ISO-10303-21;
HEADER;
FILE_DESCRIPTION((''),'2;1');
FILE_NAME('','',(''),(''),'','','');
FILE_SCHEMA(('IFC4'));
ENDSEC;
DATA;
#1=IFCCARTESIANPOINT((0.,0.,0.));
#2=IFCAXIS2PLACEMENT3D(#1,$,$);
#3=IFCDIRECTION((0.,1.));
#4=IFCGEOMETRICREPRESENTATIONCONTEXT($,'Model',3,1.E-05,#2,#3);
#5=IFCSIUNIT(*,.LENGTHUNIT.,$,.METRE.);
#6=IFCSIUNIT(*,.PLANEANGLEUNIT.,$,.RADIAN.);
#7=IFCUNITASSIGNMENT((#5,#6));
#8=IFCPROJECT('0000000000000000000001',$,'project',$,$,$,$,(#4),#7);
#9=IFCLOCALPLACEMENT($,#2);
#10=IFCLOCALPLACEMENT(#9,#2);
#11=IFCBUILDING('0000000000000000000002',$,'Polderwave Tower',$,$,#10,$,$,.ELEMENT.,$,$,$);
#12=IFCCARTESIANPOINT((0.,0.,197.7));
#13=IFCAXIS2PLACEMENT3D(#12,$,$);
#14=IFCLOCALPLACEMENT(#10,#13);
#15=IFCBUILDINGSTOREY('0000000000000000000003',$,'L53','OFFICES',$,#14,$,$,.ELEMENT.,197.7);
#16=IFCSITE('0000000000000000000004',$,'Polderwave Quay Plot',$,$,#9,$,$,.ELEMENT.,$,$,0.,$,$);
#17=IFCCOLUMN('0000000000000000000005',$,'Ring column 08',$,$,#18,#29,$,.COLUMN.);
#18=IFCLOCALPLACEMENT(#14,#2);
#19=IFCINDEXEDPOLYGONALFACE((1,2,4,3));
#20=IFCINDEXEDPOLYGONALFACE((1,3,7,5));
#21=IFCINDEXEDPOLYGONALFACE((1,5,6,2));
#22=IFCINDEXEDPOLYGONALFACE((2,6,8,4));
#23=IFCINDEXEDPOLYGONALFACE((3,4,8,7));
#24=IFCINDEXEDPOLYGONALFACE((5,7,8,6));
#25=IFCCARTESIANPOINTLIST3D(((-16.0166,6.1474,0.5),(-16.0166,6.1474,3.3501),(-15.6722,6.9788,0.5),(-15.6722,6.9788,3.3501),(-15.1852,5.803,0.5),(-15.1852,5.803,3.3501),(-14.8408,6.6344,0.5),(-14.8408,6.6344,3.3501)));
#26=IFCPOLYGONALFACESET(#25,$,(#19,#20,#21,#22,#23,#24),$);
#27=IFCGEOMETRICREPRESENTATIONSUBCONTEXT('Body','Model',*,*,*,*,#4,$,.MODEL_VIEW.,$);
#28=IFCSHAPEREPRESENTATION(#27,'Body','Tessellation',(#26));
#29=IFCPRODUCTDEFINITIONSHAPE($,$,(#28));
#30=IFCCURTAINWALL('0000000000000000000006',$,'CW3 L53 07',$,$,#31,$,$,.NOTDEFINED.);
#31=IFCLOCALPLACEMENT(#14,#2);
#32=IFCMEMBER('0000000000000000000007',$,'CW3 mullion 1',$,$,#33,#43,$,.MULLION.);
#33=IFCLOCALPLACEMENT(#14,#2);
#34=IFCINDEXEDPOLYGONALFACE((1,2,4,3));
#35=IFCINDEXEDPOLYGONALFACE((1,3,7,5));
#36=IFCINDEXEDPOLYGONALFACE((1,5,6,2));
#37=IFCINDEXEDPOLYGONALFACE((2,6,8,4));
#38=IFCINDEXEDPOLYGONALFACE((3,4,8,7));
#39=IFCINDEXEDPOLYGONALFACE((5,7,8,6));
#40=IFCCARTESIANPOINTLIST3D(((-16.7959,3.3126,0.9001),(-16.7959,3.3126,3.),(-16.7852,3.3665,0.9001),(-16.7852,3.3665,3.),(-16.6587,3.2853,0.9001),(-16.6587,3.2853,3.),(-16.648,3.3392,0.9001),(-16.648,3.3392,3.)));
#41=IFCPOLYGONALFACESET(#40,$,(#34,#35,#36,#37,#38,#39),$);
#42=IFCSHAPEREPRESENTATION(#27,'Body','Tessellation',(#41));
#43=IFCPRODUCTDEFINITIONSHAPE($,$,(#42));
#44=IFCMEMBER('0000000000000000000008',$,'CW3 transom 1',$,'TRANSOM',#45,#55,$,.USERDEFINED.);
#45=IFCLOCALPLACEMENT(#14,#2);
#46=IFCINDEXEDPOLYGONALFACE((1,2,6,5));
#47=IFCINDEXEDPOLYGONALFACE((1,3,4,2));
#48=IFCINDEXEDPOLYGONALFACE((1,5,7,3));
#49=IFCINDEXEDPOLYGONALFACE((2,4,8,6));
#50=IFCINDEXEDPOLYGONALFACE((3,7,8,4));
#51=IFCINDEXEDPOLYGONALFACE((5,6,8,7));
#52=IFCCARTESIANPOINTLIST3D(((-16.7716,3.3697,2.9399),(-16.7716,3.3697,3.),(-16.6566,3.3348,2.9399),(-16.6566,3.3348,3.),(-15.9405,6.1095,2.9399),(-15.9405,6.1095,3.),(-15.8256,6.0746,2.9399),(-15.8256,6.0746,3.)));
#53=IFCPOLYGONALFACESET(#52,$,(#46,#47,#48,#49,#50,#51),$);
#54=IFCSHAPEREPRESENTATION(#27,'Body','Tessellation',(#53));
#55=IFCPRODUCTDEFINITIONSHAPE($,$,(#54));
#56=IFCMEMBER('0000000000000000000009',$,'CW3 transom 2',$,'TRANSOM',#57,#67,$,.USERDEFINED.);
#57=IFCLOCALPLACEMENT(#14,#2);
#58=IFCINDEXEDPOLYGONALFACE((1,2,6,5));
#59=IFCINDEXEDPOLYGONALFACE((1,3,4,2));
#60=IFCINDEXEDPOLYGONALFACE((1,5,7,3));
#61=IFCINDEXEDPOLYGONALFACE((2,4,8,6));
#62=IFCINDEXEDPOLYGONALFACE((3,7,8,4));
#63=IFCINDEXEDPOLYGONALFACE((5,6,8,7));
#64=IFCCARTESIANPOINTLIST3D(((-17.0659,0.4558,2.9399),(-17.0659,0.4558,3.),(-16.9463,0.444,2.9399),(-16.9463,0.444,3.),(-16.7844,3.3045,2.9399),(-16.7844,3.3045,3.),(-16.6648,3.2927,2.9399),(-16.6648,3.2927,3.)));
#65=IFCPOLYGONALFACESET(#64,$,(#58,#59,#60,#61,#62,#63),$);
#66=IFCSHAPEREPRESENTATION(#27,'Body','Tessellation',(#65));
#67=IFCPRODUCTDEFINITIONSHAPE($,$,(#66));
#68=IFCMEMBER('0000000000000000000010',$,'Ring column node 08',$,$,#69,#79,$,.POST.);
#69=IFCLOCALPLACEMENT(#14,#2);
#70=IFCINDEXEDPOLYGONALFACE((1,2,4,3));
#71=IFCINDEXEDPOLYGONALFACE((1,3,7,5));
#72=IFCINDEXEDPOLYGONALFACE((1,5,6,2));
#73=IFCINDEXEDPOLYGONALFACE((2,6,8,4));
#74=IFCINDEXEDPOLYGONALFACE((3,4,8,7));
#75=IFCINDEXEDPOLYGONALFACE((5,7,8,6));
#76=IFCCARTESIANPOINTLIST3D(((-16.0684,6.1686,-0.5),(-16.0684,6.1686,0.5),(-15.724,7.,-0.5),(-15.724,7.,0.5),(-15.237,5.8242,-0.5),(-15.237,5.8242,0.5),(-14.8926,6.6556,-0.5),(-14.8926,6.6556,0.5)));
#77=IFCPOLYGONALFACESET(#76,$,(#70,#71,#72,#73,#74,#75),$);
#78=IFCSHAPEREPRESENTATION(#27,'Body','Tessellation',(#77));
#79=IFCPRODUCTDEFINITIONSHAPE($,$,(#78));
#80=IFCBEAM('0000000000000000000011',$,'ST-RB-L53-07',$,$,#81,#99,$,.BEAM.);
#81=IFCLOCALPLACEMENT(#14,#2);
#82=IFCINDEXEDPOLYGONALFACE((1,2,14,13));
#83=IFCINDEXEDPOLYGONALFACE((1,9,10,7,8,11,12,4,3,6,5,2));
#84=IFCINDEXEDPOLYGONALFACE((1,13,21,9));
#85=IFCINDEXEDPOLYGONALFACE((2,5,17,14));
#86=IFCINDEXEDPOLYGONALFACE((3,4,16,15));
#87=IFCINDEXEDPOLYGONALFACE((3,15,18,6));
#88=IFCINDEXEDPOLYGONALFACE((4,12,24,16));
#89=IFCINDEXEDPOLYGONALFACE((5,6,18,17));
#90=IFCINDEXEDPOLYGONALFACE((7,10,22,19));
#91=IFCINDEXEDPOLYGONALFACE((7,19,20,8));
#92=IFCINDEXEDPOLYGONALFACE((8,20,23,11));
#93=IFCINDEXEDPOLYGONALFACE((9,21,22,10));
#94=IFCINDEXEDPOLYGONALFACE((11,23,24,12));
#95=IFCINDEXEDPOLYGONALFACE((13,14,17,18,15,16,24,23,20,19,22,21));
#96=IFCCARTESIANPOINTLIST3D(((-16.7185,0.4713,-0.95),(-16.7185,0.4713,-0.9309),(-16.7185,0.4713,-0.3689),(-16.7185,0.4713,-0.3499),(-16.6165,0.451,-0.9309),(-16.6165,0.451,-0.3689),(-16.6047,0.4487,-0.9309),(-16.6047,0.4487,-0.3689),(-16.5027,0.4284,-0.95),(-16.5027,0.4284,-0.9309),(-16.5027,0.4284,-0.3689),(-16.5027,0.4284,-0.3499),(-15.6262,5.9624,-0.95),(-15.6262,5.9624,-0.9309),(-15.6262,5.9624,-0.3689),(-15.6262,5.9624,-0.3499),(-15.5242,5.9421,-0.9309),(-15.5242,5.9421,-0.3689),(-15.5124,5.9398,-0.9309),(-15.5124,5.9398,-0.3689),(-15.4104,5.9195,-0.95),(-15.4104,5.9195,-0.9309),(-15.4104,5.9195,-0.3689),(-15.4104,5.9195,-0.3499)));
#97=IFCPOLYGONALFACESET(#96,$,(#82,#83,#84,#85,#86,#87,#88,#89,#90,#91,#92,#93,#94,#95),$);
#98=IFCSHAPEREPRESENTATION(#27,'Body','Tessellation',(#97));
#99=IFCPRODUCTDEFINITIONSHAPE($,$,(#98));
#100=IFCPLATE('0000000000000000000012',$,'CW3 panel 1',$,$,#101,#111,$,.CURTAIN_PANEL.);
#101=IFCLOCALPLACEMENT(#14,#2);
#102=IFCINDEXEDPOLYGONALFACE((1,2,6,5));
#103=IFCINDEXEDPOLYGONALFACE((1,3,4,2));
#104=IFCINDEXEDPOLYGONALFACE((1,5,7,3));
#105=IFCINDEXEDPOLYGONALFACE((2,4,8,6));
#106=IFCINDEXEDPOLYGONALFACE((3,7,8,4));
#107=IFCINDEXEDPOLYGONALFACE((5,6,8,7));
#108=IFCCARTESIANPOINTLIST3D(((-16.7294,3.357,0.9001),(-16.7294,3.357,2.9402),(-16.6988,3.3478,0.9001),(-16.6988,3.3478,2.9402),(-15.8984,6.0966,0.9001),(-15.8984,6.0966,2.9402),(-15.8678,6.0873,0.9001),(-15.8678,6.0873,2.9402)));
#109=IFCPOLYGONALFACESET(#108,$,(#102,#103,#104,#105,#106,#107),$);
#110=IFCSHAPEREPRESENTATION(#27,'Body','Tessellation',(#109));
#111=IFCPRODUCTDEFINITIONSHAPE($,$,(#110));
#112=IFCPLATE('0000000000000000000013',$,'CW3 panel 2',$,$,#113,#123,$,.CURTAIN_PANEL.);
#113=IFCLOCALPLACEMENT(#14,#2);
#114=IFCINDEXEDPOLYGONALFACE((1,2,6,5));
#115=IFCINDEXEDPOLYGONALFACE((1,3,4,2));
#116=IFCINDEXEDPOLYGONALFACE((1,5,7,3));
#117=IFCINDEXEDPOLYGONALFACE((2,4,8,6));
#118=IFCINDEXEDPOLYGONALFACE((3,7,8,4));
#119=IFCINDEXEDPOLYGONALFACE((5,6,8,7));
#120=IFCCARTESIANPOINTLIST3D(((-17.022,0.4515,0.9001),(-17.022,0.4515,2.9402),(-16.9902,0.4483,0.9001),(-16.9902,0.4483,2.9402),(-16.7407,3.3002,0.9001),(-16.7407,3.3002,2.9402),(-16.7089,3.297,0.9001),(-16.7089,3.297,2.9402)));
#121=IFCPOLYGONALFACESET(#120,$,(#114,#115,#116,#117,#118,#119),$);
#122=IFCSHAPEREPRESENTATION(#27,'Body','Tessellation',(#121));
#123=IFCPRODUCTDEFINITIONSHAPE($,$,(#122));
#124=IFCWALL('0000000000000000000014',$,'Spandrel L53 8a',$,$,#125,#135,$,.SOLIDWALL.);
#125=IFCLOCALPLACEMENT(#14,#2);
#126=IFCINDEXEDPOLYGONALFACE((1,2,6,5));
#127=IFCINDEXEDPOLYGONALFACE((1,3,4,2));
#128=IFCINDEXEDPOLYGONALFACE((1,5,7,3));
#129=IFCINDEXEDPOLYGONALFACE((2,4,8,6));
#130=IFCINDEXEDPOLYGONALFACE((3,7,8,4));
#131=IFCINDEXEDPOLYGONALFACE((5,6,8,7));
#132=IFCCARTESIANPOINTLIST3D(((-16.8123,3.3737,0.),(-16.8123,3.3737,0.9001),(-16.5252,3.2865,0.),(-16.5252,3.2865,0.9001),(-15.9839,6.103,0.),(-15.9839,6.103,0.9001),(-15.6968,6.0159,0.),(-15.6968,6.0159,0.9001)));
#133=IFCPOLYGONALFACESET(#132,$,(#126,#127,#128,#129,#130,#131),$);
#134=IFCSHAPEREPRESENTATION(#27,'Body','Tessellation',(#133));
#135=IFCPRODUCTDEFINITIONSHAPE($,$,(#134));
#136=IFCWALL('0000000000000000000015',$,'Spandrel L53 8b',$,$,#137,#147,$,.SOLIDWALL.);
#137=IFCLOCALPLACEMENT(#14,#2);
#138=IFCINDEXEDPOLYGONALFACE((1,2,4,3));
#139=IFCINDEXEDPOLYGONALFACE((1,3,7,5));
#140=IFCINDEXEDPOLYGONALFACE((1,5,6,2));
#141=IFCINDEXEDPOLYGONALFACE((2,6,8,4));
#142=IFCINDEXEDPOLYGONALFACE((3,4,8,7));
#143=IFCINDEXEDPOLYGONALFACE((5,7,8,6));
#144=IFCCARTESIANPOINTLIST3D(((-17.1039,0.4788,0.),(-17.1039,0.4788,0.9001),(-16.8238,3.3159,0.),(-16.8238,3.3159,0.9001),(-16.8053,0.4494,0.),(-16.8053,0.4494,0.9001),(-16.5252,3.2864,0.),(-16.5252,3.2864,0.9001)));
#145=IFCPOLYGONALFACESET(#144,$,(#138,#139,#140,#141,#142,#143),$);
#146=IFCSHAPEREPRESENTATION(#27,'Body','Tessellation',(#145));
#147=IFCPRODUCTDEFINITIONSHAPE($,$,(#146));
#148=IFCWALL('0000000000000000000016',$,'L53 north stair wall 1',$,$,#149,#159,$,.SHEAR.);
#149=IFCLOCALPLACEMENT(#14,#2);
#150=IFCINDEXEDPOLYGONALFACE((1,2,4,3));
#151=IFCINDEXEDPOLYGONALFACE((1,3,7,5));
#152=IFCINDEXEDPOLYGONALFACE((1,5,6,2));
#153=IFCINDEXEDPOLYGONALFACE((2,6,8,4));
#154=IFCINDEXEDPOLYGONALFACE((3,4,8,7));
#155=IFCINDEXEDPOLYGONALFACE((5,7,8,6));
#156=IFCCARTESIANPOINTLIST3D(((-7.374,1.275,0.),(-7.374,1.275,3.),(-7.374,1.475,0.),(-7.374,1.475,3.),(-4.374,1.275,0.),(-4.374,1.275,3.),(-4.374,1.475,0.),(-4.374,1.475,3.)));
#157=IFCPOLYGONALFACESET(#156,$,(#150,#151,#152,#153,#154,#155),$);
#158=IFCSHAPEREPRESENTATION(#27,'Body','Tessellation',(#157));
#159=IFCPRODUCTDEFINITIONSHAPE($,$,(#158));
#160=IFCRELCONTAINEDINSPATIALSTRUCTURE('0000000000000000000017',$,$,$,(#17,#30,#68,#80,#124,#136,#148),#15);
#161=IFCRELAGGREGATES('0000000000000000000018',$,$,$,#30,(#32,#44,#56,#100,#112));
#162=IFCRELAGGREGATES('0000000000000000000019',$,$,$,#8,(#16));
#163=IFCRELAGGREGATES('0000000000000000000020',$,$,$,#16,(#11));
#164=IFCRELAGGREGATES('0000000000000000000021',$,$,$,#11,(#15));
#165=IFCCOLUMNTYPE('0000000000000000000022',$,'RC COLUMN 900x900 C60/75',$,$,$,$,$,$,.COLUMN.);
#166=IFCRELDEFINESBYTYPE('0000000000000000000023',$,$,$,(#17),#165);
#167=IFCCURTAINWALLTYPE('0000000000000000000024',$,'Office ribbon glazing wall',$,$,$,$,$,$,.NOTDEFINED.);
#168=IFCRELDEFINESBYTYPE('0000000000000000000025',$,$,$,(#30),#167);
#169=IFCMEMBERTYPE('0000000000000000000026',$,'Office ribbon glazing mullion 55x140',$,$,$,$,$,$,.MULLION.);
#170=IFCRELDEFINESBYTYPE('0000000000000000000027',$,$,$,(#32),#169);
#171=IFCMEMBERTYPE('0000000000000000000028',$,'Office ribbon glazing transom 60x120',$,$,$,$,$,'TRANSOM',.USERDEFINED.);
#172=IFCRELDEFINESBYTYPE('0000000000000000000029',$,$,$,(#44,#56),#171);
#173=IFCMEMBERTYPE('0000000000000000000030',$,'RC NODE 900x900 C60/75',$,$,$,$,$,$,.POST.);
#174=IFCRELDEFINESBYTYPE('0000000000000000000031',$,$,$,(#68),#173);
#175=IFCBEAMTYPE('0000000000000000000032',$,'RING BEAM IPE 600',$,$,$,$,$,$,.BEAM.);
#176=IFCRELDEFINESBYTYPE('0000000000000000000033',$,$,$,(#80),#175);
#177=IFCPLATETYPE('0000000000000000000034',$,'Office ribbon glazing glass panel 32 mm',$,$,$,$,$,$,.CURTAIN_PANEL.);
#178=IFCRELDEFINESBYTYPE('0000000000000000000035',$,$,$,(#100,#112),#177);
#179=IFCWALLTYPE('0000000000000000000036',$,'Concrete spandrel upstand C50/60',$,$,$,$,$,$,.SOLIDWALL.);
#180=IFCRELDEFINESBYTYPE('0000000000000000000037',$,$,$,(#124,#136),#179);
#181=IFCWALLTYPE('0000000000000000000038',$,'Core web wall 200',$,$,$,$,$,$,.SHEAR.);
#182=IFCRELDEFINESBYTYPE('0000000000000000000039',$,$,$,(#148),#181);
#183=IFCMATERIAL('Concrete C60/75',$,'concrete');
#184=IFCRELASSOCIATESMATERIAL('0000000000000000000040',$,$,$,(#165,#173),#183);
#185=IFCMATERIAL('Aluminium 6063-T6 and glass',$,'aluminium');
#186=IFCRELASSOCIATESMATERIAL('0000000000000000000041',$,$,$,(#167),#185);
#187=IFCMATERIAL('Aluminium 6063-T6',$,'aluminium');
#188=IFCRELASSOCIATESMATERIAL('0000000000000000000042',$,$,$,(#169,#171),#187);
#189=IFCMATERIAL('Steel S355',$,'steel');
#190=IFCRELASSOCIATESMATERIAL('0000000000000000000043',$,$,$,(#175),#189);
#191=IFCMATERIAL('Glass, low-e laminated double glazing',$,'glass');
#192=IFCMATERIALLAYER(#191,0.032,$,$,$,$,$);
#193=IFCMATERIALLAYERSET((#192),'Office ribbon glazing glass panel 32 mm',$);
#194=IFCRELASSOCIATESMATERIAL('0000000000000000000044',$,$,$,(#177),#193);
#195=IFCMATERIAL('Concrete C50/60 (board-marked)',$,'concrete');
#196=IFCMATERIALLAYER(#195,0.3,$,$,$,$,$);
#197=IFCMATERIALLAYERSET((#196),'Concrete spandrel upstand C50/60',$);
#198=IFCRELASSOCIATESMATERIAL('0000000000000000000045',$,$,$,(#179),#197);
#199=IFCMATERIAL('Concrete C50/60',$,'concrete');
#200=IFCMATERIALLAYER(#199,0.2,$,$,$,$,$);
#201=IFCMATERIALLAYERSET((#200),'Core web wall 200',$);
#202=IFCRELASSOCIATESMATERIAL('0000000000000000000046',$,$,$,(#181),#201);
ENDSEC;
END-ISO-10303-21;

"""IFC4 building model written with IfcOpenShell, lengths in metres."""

from ifc_helpers import new_model, si_unit, direction, frame, frame_2d, origin, origin_2d, place, context, subcontext, project, spatial, rectangle, i_section, extrude, material, layer, layer_set, material_profile, profile_set, type_object, element, aggregate, save


model = new_model("IFC4")

# Units and contexts
model_context = context("Model", 3, precision=1e-05, world=origin(), true_north=direction((0.0, 1.0)))
body_context = subcontext(model_context, "Body", "Model", "MODEL_VIEW")
ifc_project = project(units=[si_unit("LENGTHUNIT", "METRE"), si_unit("PLANEANGLEUNIT", "RADIAN")], contexts=[model_context])

# Site, building, storey
site_placement = place(None, origin())
site = spatial("IfcSite", under=ifc_project, at=site_placement, Name="Polderwave Quay Plot", CompositionType="ELEMENT", RefElevation=0.0)
building_placement = place(site_placement, origin())
building = spatial("IfcBuilding", under=site, at=building_placement, Name="Polderwave Tower", CompositionType="ELEMENT")
storey_placement = place(building_placement, frame((0.0, 0.0, 197.7)))
storey = spatial("IfcBuildingStorey", under=building, at=storey_placement, Name="L53", Description="OFFICES", CompositionType="ELEMENT", Elevation=197.7)

# Column
ifc_material_1 = material(Name="Concrete C60/75", Category="concrete")
ifc_material_profile_1 = material_profile(ifc_material_1, rectangle(XDim=0.8999, YDim=0.8999, at=origin_2d()), Name="RC 900x900")
ifc_profile_set_1 = profile_set([ifc_material_profile_1], Name="Concrete C60/75")
column_type = type_object("IfcColumnType", Name="RC COLUMN 900x900 C60/75", PredefinedType="COLUMN", material=ifc_profile_set_1)
column_placement = place(storey_placement, frame((-15.4287, 6.3909, 0.5), z_axis=(0.0, 0.0, 1.0), x_axis=(-0.92388, 0.382683, 0.0)))
element("IfcColumn", 1, at=column_placement, inside=storey, type_object=column_type, Name="Ring column 08", PredefinedType="COLUMN", context=body_context, shape_type="SweptSolid", body=[
    extrude(rectangle(XDim=0.8999, YDim=0.8999, at=origin_2d()), origin(), (0.0, 0.0, 1.0), 2.8501),
])

# Curtain wall, members
ifc_material_2 = material(Name="Aluminium 6063-T6 and glass", Category="aluminium")
curtain_wall_type = type_object("IfcCurtainWallType", Name="Office ribbon glazing wall", PredefinedType="NOTDEFINED", material=ifc_material_2)
curtain_wall_placement = place(storey_placement, origin())
curtain_wall = element("IfcCurtainWall", 2, at=curtain_wall_placement, inside=storey, type_object=curtain_wall_type, Name="CW3 L53 07", PredefinedType="NOTDEFINED")
ifc_material_3 = material(Name="Aluminium 6063-T6", Category="aluminium")
ifc_material_profile_2 = material_profile(ifc_material_3, rectangle(XDim=0.1399, YDim=0.0549, at=origin_2d()), Name="AL 55x140")
ifc_profile_set_2 = profile_set([ifc_material_profile_2], Name="Aluminium 6063-T6")
member_type_1 = type_object("IfcMemberType", Name="Office ribbon glazing mullion 55x140", PredefinedType="MULLION", material=ifc_profile_set_2)
member_1_placement = place(storey_placement, frame((-16.7219, 3.3259, 0.9001), z_axis=(0.0, 0.0, 1.0), x_axis=(0.980762, -0.195205, 0.0)))
member_1 = element("IfcMember", 3, at=member_1_placement, type_object=member_type_1, Name="CW3 mullion 1", PredefinedType="MULLION", context=body_context, shape_type="SweptSolid", body=[
    extrude(rectangle(XDim=0.1399, YDim=0.0549, at=origin_2d()), origin(), (0.0, 0.0, 1.0), 2.0999),
])
ifc_material_profile_3 = material_profile(ifc_material_3, rectangle(XDim=0.1201, YDim=0.0601, at=origin_2d()), Name="AL 60x120")
ifc_profile_set_3 = profile_set([ifc_material_profile_3], Name="Aluminium 6063-T6")
member_type_2 = type_object("IfcMemberType", Name="Office ribbon glazing transom 60x120", ElementType="TRANSOM", PredefinedType="USERDEFINED", material=ifc_profile_set_3)
member_2_placement = place(storey_placement, frame((-15.8831, 6.092, 2.97), z_axis=(-0.290272, -0.956944, 0.0), x_axis=(0.956944, -0.290272, 0.0)))
member_2 = element("IfcMember", 4, at=member_2_placement, type_object=member_type_2, Name="CW3 transom 1", ObjectType="TRANSOM", PredefinedType="USERDEFINED", context=body_context, shape_type="SweptSolid", body=[
    extrude(rectangle(XDim=0.1201, YDim=0.0601, at=origin_2d()), origin(), (0.0, 0.0, 1.0), 2.863),
])
member_3_placement = place(storey_placement, frame((-16.7246, 3.2986, 2.97), z_axis=(-0.098338, -0.995153, 0.0), x_axis=(0.995153, -0.098338, 0.0)))
member_3 = element("IfcMember", 5, at=member_3_placement, type_object=member_type_2, Name="CW3 transom 2", ObjectType="TRANSOM", PredefinedType="USERDEFINED", context=body_context, shape_type="SweptSolid", body=[
    extrude(rectangle(XDim=0.1201, YDim=0.0601, at=origin_2d()), origin(), (0.0, 0.0, 1.0), 2.8625),
])

# Member
ifc_material_profile_4 = material_profile(ifc_material_1, rectangle(XDim=0.8999, YDim=0.8999, at=origin_2d()), Name="RC 900x900")
ifc_profile_set_4 = profile_set([ifc_material_profile_4], Name="Concrete C60/75")
member_type_3 = type_object("IfcMemberType", Name="RC NODE 900x900 C60/75", PredefinedType="POST", material=ifc_profile_set_4)
member_4_placement = place(storey_placement, frame((-15.4805, 6.4121, -0.5), z_axis=(0.0, 0.0, 1.0), x_axis=(-0.92388, 0.382683, 0.0)))
element("IfcMember", 6, at=member_4_placement, inside=storey, type_object=member_type_3, Name="Ring column node 08", PredefinedType="POST", context=body_context, shape_type="SweptSolid", body=[
    extrude(rectangle(XDim=0.8999, YDim=0.8999, at=origin_2d()), origin(), (0.0, 0.0, 1.0), 1.0),
])

# Beam
ifc_material_4 = material(Name="Steel S355", Category="steel")
ifc_material_profile_5 = material_profile(ifc_material_4, i_section(OverallWidth=0.22, OverallDepth=0.6001, WebThickness=0.012, FlangeThickness=0.019, at=origin_2d()), Name="IPE 600")
ifc_profile_set_5 = profile_set([ifc_material_profile_5], Name="Steel S355")
beam_type = type_object("IfcBeamType", Name="RING BEAM IPE 600", PredefinedType="BEAM", material=ifc_profile_set_5)
beam_placement = place(storey_placement, frame((-15.5183, 5.9409, -0.6499), z_axis=(-0.195101, -0.980783, 0.0), x_axis=(0.980783, -0.195101, 0.0)))
element("IfcBeam", 7, at=beam_placement, inside=storey, type_object=beam_type, Name="ST-RB-L53-07", PredefinedType="BEAM", context=body_context, shape_type="SweptSolid", body=[
    extrude(i_section(OverallWidth=0.22, OverallDepth=0.6001, WebThickness=0.012, FlangeThickness=0.019, at=origin_2d()), origin(), (0.0, 0.0, 1.0), 5.5986),
])

# Plates
ifc_material_5 = material(Name="Glass, low-e laminated double glazing", Category="glass")
ifc_layer_1 = layer(ifc_material_5, 0.032)
ifc_layer_set_1 = layer_set([ifc_layer_1], Name="Office ribbon glazing glass panel 32 mm")
plate_type = type_object("IfcPlateType", Name="Office ribbon glazing glass panel 32 mm", PredefinedType="CURTAIN_PANEL", material=ifc_layer_set_1)
plate_1_placement = place(storey_placement, frame((-16.2986, 4.7222, 0.9001), z_axis=(0.0, 0.0, 1.0), x_axis=(-0.290266, -0.956946, 0.0)))
plate_1 = element("IfcPlate", 8, at=plate_1_placement, type_object=plate_type, Name="CW3 panel 1", PredefinedType="CURTAIN_PANEL", context=body_context, shape_type="SweptSolid", body=[
    extrude(rectangle(XDim=2.8628, YDim=0.032, at=origin_2d()), origin(), (0.0, 0.0, 1.0), 2.04),
])
plate_2_placement = place(storey_placement, frame((-16.8655, 1.8743, 0.9001), z_axis=(0.0, 0.0, 1.0), x_axis=(-0.098271, -0.99516, 0.0)))
plate_2 = element("IfcPlate", 9, at=plate_2_placement, type_object=plate_type, Name="CW3 panel 2", PredefinedType="CURTAIN_PANEL", context=body_context, shape_type="SweptSolid", body=[
    extrude(rectangle(XDim=2.8625, YDim=0.032, at=origin_2d()), origin(), (0.0, 0.0, 1.0), 2.04),
])
aggregate(curtain_wall, [member_1, member_2, member_3, plate_1, plate_2])

# Walls
ifc_material_6 = material(Name="Concrete C50/60 (board-marked)", Category="concrete")
ifc_layer_2 = layer(ifc_material_6, 0.3)
ifc_layer_set_2 = layer_set([ifc_layer_2], Name="Concrete spandrel upstand C50/60")
wall_type_1 = type_object("IfcWallType", Name="Concrete spandrel upstand C50/60", PredefinedType="SOLIDWALL", material=ifc_layer_set_2)
wall_1_placement = place(storey_placement, frame((-15.8403, 6.0596, 0.0), z_axis=(0.0, 0.0, 1.0), x_axis=(-0.290433, -0.956895, 0.0)))
element("IfcWall", 10, at=wall_1_placement, inside=storey, type_object=wall_type_1, Name="Spandrel L53 8a", PredefinedType="SOLIDWALL", context=body_context, shape_type="SweptSolid", body=[
    extrude(rectangle(XDim=2.8523, YDim=0.3, at=frame_2d((1.4263, 0.0))), origin(), (0.0, 0.0, 1.0), 0.9001),
])
wall_2_placement = place(storey_placement, frame((-16.6746, 3.301, 0.0), z_axis=(0.0, 0.0, 1.0), x_axis=(-0.098223, -0.995164, 0.0)))
element("IfcWall", 11, at=wall_2_placement, inside=storey, type_object=wall_type_1, Name="Spandrel L53 8b", PredefinedType="SOLIDWALL", context=body_context, shape_type="SweptSolid", body=[
    extrude(rectangle(XDim=2.8508, YDim=0.3, at=frame_2d((1.4253, 0.0))), origin(), (0.0, 0.0, 1.0), 0.9001),
])
ifc_material_7 = material(Name="Concrete C50/60", Category="concrete")
ifc_layer_3 = layer(ifc_material_7, 0.2)
ifc_layer_set_3 = layer_set([ifc_layer_3], Name="Core web wall 200")
wall_type_2 = type_object("IfcWallType", Name="Core web wall 200", PredefinedType="SHEAR", material=ifc_layer_set_3)
wall_3_placement = place(storey_placement, frame((-7.374, 1.375, 0.0), z_axis=(0.0, 0.0, 1.0), x_axis=(1.0, 0.0, 0.0)))
element("IfcWall", 12, at=wall_3_placement, inside=storey, type_object=wall_type_2, Name="L53 north stair wall 1", PredefinedType="SHEAR", context=body_context, shape_type="SweptSolid", body=[
    extrude(rectangle(XDim=3.0, YDim=0.2, at=frame_2d((1.5, 0.0))), origin(), (0.0, 0.0, 1.0), 3.0),
])

save(model, "model.ifc")
